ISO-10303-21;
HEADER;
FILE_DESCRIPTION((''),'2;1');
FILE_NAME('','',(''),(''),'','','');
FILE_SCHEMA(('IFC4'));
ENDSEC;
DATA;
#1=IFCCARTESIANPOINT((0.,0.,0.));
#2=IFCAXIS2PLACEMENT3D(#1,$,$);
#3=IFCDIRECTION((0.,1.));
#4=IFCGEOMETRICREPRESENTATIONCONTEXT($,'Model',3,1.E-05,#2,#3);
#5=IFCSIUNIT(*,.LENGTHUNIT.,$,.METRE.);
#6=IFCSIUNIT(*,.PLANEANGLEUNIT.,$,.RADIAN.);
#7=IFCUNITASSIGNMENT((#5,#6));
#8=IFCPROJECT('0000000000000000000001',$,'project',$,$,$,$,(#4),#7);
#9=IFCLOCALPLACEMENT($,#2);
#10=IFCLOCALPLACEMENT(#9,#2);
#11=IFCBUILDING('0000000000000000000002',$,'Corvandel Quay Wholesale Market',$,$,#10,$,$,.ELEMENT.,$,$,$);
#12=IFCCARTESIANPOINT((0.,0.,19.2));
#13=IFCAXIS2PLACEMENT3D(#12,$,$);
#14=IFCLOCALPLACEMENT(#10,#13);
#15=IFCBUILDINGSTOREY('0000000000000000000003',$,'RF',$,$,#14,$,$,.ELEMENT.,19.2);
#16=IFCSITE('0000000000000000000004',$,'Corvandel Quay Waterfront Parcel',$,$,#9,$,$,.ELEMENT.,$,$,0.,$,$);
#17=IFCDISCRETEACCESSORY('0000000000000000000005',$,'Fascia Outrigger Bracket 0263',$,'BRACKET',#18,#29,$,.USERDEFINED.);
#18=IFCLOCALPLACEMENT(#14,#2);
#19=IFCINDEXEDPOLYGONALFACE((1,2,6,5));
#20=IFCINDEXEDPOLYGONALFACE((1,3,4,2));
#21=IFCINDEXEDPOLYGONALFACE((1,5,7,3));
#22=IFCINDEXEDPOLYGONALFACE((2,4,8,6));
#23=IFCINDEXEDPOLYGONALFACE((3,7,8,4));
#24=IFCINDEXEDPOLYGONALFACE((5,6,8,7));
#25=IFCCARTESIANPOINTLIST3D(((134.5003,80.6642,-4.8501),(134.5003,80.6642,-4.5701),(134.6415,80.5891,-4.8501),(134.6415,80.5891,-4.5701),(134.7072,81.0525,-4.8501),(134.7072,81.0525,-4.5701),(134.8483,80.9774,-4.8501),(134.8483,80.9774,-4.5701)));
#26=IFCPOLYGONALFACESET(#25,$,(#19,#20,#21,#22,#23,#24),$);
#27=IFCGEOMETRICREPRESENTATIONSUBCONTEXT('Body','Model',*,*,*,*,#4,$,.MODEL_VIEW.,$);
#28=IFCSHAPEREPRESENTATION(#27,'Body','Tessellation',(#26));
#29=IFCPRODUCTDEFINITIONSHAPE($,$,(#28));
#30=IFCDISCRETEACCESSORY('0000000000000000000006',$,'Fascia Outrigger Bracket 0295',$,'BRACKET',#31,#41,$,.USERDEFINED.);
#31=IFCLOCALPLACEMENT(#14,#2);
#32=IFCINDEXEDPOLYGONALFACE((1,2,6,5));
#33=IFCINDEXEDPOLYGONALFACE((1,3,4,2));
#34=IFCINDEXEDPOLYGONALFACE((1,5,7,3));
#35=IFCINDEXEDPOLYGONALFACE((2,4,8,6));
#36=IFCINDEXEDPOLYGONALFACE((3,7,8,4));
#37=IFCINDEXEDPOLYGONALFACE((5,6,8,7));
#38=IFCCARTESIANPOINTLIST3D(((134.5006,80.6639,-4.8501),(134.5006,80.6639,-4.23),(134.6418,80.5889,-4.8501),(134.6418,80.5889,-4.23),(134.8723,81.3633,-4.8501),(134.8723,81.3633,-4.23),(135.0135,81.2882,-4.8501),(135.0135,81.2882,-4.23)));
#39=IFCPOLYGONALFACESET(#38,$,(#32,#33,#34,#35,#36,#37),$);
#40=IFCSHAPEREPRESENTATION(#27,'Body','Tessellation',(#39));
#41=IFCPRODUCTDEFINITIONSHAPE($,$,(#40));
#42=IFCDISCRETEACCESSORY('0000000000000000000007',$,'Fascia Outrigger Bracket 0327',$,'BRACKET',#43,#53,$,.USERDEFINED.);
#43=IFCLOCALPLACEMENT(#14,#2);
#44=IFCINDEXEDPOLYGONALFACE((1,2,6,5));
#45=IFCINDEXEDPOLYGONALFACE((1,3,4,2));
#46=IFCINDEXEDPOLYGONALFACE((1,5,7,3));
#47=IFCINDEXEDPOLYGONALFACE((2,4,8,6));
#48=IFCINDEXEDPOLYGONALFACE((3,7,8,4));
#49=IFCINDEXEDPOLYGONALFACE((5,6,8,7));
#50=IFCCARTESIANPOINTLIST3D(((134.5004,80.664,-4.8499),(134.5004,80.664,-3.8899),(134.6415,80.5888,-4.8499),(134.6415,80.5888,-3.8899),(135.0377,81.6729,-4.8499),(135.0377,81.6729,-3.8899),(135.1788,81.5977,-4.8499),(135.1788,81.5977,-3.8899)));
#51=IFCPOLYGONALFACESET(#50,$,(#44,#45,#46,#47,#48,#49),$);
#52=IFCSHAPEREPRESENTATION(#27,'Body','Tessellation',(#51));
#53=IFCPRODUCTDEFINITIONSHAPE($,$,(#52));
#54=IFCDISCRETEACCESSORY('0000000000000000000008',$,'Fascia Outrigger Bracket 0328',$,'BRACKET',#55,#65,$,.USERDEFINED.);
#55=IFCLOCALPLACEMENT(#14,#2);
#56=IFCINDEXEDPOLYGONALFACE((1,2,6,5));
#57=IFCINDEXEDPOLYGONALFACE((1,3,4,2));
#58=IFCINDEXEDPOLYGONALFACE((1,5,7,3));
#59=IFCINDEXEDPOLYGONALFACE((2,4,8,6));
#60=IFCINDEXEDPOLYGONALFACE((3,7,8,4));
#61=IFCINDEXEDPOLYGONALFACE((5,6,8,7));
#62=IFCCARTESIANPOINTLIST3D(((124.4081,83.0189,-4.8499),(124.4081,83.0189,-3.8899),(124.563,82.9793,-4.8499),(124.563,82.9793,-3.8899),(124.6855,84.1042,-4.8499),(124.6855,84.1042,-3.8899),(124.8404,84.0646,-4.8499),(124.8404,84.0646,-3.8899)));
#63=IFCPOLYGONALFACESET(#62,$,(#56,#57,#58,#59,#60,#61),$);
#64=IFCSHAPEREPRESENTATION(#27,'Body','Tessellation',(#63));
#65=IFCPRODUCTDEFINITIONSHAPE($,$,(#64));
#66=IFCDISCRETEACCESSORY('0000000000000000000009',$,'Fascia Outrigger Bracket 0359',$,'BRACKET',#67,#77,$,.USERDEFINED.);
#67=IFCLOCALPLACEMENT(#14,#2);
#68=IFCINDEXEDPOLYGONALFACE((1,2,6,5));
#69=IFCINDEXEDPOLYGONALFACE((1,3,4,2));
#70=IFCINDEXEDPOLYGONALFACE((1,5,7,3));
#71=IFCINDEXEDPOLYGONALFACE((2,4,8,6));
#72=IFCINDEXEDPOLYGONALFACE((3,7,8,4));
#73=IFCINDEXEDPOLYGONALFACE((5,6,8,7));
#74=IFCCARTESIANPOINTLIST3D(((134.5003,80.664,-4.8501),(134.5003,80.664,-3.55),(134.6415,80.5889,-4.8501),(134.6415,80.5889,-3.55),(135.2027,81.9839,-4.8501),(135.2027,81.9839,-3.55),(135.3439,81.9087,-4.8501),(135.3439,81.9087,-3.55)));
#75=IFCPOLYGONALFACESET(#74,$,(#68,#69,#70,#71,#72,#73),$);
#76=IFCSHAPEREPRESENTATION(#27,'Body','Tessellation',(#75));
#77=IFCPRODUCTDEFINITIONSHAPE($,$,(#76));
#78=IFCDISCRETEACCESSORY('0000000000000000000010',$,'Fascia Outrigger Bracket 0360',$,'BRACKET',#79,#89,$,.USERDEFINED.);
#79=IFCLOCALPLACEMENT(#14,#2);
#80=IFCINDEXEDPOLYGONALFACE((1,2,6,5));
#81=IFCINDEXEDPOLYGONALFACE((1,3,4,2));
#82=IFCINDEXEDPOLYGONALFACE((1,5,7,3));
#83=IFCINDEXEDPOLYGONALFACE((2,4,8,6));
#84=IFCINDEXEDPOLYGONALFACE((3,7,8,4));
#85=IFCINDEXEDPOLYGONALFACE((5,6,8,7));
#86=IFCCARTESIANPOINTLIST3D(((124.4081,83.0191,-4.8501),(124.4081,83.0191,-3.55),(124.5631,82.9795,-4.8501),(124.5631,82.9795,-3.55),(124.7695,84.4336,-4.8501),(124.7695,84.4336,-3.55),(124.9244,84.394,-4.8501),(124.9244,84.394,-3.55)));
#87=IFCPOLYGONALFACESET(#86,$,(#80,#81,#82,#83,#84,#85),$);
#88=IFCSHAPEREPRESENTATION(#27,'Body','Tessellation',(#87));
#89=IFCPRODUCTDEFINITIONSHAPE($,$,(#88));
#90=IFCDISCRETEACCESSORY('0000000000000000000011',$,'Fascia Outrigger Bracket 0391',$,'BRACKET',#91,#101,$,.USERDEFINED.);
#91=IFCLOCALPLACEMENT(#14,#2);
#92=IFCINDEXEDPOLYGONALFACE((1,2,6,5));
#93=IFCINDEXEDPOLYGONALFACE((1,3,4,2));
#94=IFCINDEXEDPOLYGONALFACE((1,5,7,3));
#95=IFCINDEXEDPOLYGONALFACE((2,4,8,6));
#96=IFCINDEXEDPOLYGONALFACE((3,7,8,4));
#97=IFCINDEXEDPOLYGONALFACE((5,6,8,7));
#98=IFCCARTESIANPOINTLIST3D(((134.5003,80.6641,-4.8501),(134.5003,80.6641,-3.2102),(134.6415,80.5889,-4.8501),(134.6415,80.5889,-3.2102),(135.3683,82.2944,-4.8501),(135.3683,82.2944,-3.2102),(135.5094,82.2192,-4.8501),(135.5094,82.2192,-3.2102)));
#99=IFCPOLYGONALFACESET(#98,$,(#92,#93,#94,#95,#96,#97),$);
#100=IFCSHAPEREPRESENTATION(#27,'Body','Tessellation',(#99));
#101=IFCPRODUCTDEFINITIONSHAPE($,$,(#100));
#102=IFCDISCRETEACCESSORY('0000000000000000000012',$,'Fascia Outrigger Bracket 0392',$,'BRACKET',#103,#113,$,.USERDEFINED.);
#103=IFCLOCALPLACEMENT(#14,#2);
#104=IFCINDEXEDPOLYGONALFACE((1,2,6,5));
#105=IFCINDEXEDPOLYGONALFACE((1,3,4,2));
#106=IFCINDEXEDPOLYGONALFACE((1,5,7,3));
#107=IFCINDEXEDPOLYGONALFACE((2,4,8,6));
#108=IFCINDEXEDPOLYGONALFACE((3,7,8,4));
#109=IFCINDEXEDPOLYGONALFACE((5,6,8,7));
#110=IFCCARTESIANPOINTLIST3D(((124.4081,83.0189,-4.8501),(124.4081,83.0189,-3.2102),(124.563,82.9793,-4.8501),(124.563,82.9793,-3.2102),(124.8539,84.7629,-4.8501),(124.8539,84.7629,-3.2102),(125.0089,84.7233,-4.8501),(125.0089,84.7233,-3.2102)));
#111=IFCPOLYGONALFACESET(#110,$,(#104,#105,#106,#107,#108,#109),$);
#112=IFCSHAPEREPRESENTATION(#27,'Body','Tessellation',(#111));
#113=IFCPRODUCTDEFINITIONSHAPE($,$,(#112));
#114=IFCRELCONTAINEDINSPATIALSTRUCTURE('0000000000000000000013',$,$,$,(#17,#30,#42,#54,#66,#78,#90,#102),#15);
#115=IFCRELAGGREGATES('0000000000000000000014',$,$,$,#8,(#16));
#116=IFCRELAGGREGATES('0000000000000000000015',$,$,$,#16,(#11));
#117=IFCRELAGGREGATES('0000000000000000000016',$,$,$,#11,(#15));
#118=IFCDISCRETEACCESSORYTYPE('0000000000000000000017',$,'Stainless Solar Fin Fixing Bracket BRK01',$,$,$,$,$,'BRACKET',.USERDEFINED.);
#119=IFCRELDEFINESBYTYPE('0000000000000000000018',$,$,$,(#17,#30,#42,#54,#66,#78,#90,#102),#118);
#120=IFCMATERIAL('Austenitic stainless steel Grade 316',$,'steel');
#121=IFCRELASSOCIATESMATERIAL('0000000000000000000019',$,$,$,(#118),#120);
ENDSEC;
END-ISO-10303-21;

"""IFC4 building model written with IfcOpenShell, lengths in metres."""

from ifc_helpers import new_model, si_unit, direction, frame, origin, origin_2d, place, context, subcontext, project, spatial, rectangle, extrude, material, type_object, element, save


model = new_model("IFC4")

# Units and contexts
model_context = context("Model", 3, precision=1e-05, world=origin(), true_north=direction((0.0, 1.0)))
body_context = subcontext(model_context, "Body", "Model", "MODEL_VIEW")
ifc_project = project(units=[si_unit("LENGTHUNIT", "METRE"), si_unit("PLANEANGLEUNIT", "RADIAN")], contexts=[model_context])

# Site, building, storey
site_placement = place(None, origin())
site = spatial("IfcSite", under=ifc_project, at=site_placement, Name="Corvandel Quay Waterfront Parcel", CompositionType="ELEMENT", RefElevation=0.0)
building_placement = place(site_placement, origin())
building = spatial("IfcBuilding", under=site, at=building_placement, Name="Corvandel Quay Wholesale Market", CompositionType="ELEMENT")
storey_placement = place(building_placement, frame((0.0, 0.0, 19.2)))
storey = spatial("IfcBuildingStorey", under=building, at=storey_placement, Name="RF", CompositionType="ELEMENT", Elevation=19.2)

# Discrete accessories
ifc_material_1 = material(Name="Austenitic stainless steel Grade 316", Category="steel")
discrete_accessory_type = type_object("IfcDiscreteAccessoryType", Name="Stainless Solar Fin Fixing Bracket BRK01", ElementType="BRACKET", PredefinedType="USERDEFINED", material=ifc_material_1)
discrete_accessory_1_placement = place(storey_placement, frame((134.6743, 80.8208, -4.8501), z_axis=(0.0, 0.0, 1.0), x_axis=(0.470088, 0.88262, 0.0)))
element("IfcDiscreteAccessory", 1, at=discrete_accessory_1_placement, inside=storey, type_object=discrete_accessory_type, Name="Fascia Outrigger Bracket 0263", ObjectType="BRACKET", PredefinedType="USERDEFINED", context=body_context, shape_type="SweptSolid", body=[
    extrude(rectangle(XDim=0.4399, YDim=0.1599, at=origin_2d()), origin(), (0.0, 0.0, 1.0), 0.28),
])
discrete_accessory_2_placement = place(storey_placement, frame((134.7571, 80.9761, -4.8501), z_axis=(0.0, 0.0, 1.0), x_axis=(0.469317, 0.88303, 0.0)))
element("IfcDiscreteAccessory", 2, at=discrete_accessory_2_placement, inside=storey, type_object=discrete_accessory_type, Name="Fascia Outrigger Bracket 0295", ObjectType="BRACKET", PredefinedType="USERDEFINED", context=body_context, shape_type="SweptSolid", body=[
    extrude(rectangle(XDim=0.792, YDim=0.1599, at=origin_2d()), origin(), (0.0, 0.0, 1.0), 0.6201),
])
discrete_accessory_3_placement = place(storey_placement, frame((134.8396, 81.1309, -4.8499), z_axis=(0.0, 0.0, 1.0), x_axis=(0.470088, 0.88262, 0.0)))
element("IfcDiscreteAccessory", 3, at=discrete_accessory_3_placement, inside=storey, type_object=discrete_accessory_type, Name="Fascia Outrigger Bracket 0327", ObjectType="BRACKET", PredefinedType="USERDEFINED", context=body_context, shape_type="SweptSolid", body=[
    extrude(rectangle(XDim=1.1431, YDim=0.1599, at=origin_2d()), origin(), (0.0, 0.0, 1.0), 0.96),
])
discrete_accessory_4_placement = place(storey_placement, frame((124.6243, 83.5417, -4.8499), z_axis=(0.0, 0.0, 1.0), x_axis=(0.247675, 0.968843, 0.0)))
element("IfcDiscreteAccessory", 4, at=discrete_accessory_4_placement, inside=storey, type_object=discrete_accessory_type, Name="Fascia Outrigger Bracket 0328", ObjectType="BRACKET", PredefinedType="USERDEFINED", context=body_context, shape_type="SweptSolid", body=[
    extrude(rectangle(XDim=1.1201, YDim=0.1599, at=origin_2d()), origin(), (0.0, 0.0, 1.0), 0.96),
])
discrete_accessory_5_placement = place(storey_placement, frame((134.9221, 81.2864, -4.8501), z_axis=(0.0, 0.0, 1.0), x_axis=(0.46978, 0.882784, 0.0)))
element("IfcDiscreteAccessory", 5, at=discrete_accessory_5_placement, inside=storey, type_object=discrete_accessory_type, Name="Fascia Outrigger Bracket 0359", ObjectType="BRACKET", PredefinedType="USERDEFINED", context=body_context, shape_type="SweptSolid", body=[
    extrude(rectangle(XDim=1.4951, YDim=0.1599, at=origin_2d()), origin(), (0.0, 0.0, 1.0), 1.3),
])
discrete_accessory_6_placement = place(storey_placement, frame((124.6663, 83.7065, -4.8501), z_axis=(0.0, 0.0, 1.0), x_axis=(0.247506, 0.968886, 0.0)))
element("IfcDiscreteAccessory", 6, at=discrete_accessory_6_placement, inside=storey, type_object=discrete_accessory_type, Name="Fascia Outrigger Bracket 0360", ObjectType="BRACKET", PredefinedType="USERDEFINED", context=body_context, shape_type="SweptSolid", body=[
    extrude(rectangle(XDim=1.46, YDim=0.1599, at=origin_2d()), origin(), (0.0, 0.0, 1.0), 1.3),
])
discrete_accessory_7_placement = place(storey_placement, frame((135.0049, 81.4417, -4.8501), z_axis=(0.0, 0.0, 1.0), x_axis=(0.469934, 0.882702, 0.0)))
element("IfcDiscreteAccessory", 7, at=discrete_accessory_7_placement, inside=storey, type_object=discrete_accessory_type, Name="Fascia Outrigger Bracket 0391", ObjectType="BRACKET", PredefinedType="USERDEFINED", context=body_context, shape_type="SweptSolid", body=[
    extrude(rectangle(XDim=1.8469, YDim=0.1599, at=origin_2d()), origin(), (0.0, 0.0, 1.0), 1.6399),
])
discrete_accessory_8_placement = place(storey_placement, frame((124.7085, 83.8711, -4.8501), z_axis=(0.0, 0.0, 1.0), x_axis=(0.247675, 0.968843, 0.0)))
element("IfcDiscreteAccessory", 8, at=discrete_accessory_8_placement, inside=storey, type_object=discrete_accessory_type, Name="Fascia Outrigger Bracket 0392", ObjectType="BRACKET", PredefinedType="USERDEFINED", context=body_context, shape_type="SweptSolid", body=[
    extrude(rectangle(XDim=1.8, YDim=0.1599, at=origin_2d()), origin(), (0.0, 0.0, 1.0), 1.6399),
])

save(model, "model.ifc")
